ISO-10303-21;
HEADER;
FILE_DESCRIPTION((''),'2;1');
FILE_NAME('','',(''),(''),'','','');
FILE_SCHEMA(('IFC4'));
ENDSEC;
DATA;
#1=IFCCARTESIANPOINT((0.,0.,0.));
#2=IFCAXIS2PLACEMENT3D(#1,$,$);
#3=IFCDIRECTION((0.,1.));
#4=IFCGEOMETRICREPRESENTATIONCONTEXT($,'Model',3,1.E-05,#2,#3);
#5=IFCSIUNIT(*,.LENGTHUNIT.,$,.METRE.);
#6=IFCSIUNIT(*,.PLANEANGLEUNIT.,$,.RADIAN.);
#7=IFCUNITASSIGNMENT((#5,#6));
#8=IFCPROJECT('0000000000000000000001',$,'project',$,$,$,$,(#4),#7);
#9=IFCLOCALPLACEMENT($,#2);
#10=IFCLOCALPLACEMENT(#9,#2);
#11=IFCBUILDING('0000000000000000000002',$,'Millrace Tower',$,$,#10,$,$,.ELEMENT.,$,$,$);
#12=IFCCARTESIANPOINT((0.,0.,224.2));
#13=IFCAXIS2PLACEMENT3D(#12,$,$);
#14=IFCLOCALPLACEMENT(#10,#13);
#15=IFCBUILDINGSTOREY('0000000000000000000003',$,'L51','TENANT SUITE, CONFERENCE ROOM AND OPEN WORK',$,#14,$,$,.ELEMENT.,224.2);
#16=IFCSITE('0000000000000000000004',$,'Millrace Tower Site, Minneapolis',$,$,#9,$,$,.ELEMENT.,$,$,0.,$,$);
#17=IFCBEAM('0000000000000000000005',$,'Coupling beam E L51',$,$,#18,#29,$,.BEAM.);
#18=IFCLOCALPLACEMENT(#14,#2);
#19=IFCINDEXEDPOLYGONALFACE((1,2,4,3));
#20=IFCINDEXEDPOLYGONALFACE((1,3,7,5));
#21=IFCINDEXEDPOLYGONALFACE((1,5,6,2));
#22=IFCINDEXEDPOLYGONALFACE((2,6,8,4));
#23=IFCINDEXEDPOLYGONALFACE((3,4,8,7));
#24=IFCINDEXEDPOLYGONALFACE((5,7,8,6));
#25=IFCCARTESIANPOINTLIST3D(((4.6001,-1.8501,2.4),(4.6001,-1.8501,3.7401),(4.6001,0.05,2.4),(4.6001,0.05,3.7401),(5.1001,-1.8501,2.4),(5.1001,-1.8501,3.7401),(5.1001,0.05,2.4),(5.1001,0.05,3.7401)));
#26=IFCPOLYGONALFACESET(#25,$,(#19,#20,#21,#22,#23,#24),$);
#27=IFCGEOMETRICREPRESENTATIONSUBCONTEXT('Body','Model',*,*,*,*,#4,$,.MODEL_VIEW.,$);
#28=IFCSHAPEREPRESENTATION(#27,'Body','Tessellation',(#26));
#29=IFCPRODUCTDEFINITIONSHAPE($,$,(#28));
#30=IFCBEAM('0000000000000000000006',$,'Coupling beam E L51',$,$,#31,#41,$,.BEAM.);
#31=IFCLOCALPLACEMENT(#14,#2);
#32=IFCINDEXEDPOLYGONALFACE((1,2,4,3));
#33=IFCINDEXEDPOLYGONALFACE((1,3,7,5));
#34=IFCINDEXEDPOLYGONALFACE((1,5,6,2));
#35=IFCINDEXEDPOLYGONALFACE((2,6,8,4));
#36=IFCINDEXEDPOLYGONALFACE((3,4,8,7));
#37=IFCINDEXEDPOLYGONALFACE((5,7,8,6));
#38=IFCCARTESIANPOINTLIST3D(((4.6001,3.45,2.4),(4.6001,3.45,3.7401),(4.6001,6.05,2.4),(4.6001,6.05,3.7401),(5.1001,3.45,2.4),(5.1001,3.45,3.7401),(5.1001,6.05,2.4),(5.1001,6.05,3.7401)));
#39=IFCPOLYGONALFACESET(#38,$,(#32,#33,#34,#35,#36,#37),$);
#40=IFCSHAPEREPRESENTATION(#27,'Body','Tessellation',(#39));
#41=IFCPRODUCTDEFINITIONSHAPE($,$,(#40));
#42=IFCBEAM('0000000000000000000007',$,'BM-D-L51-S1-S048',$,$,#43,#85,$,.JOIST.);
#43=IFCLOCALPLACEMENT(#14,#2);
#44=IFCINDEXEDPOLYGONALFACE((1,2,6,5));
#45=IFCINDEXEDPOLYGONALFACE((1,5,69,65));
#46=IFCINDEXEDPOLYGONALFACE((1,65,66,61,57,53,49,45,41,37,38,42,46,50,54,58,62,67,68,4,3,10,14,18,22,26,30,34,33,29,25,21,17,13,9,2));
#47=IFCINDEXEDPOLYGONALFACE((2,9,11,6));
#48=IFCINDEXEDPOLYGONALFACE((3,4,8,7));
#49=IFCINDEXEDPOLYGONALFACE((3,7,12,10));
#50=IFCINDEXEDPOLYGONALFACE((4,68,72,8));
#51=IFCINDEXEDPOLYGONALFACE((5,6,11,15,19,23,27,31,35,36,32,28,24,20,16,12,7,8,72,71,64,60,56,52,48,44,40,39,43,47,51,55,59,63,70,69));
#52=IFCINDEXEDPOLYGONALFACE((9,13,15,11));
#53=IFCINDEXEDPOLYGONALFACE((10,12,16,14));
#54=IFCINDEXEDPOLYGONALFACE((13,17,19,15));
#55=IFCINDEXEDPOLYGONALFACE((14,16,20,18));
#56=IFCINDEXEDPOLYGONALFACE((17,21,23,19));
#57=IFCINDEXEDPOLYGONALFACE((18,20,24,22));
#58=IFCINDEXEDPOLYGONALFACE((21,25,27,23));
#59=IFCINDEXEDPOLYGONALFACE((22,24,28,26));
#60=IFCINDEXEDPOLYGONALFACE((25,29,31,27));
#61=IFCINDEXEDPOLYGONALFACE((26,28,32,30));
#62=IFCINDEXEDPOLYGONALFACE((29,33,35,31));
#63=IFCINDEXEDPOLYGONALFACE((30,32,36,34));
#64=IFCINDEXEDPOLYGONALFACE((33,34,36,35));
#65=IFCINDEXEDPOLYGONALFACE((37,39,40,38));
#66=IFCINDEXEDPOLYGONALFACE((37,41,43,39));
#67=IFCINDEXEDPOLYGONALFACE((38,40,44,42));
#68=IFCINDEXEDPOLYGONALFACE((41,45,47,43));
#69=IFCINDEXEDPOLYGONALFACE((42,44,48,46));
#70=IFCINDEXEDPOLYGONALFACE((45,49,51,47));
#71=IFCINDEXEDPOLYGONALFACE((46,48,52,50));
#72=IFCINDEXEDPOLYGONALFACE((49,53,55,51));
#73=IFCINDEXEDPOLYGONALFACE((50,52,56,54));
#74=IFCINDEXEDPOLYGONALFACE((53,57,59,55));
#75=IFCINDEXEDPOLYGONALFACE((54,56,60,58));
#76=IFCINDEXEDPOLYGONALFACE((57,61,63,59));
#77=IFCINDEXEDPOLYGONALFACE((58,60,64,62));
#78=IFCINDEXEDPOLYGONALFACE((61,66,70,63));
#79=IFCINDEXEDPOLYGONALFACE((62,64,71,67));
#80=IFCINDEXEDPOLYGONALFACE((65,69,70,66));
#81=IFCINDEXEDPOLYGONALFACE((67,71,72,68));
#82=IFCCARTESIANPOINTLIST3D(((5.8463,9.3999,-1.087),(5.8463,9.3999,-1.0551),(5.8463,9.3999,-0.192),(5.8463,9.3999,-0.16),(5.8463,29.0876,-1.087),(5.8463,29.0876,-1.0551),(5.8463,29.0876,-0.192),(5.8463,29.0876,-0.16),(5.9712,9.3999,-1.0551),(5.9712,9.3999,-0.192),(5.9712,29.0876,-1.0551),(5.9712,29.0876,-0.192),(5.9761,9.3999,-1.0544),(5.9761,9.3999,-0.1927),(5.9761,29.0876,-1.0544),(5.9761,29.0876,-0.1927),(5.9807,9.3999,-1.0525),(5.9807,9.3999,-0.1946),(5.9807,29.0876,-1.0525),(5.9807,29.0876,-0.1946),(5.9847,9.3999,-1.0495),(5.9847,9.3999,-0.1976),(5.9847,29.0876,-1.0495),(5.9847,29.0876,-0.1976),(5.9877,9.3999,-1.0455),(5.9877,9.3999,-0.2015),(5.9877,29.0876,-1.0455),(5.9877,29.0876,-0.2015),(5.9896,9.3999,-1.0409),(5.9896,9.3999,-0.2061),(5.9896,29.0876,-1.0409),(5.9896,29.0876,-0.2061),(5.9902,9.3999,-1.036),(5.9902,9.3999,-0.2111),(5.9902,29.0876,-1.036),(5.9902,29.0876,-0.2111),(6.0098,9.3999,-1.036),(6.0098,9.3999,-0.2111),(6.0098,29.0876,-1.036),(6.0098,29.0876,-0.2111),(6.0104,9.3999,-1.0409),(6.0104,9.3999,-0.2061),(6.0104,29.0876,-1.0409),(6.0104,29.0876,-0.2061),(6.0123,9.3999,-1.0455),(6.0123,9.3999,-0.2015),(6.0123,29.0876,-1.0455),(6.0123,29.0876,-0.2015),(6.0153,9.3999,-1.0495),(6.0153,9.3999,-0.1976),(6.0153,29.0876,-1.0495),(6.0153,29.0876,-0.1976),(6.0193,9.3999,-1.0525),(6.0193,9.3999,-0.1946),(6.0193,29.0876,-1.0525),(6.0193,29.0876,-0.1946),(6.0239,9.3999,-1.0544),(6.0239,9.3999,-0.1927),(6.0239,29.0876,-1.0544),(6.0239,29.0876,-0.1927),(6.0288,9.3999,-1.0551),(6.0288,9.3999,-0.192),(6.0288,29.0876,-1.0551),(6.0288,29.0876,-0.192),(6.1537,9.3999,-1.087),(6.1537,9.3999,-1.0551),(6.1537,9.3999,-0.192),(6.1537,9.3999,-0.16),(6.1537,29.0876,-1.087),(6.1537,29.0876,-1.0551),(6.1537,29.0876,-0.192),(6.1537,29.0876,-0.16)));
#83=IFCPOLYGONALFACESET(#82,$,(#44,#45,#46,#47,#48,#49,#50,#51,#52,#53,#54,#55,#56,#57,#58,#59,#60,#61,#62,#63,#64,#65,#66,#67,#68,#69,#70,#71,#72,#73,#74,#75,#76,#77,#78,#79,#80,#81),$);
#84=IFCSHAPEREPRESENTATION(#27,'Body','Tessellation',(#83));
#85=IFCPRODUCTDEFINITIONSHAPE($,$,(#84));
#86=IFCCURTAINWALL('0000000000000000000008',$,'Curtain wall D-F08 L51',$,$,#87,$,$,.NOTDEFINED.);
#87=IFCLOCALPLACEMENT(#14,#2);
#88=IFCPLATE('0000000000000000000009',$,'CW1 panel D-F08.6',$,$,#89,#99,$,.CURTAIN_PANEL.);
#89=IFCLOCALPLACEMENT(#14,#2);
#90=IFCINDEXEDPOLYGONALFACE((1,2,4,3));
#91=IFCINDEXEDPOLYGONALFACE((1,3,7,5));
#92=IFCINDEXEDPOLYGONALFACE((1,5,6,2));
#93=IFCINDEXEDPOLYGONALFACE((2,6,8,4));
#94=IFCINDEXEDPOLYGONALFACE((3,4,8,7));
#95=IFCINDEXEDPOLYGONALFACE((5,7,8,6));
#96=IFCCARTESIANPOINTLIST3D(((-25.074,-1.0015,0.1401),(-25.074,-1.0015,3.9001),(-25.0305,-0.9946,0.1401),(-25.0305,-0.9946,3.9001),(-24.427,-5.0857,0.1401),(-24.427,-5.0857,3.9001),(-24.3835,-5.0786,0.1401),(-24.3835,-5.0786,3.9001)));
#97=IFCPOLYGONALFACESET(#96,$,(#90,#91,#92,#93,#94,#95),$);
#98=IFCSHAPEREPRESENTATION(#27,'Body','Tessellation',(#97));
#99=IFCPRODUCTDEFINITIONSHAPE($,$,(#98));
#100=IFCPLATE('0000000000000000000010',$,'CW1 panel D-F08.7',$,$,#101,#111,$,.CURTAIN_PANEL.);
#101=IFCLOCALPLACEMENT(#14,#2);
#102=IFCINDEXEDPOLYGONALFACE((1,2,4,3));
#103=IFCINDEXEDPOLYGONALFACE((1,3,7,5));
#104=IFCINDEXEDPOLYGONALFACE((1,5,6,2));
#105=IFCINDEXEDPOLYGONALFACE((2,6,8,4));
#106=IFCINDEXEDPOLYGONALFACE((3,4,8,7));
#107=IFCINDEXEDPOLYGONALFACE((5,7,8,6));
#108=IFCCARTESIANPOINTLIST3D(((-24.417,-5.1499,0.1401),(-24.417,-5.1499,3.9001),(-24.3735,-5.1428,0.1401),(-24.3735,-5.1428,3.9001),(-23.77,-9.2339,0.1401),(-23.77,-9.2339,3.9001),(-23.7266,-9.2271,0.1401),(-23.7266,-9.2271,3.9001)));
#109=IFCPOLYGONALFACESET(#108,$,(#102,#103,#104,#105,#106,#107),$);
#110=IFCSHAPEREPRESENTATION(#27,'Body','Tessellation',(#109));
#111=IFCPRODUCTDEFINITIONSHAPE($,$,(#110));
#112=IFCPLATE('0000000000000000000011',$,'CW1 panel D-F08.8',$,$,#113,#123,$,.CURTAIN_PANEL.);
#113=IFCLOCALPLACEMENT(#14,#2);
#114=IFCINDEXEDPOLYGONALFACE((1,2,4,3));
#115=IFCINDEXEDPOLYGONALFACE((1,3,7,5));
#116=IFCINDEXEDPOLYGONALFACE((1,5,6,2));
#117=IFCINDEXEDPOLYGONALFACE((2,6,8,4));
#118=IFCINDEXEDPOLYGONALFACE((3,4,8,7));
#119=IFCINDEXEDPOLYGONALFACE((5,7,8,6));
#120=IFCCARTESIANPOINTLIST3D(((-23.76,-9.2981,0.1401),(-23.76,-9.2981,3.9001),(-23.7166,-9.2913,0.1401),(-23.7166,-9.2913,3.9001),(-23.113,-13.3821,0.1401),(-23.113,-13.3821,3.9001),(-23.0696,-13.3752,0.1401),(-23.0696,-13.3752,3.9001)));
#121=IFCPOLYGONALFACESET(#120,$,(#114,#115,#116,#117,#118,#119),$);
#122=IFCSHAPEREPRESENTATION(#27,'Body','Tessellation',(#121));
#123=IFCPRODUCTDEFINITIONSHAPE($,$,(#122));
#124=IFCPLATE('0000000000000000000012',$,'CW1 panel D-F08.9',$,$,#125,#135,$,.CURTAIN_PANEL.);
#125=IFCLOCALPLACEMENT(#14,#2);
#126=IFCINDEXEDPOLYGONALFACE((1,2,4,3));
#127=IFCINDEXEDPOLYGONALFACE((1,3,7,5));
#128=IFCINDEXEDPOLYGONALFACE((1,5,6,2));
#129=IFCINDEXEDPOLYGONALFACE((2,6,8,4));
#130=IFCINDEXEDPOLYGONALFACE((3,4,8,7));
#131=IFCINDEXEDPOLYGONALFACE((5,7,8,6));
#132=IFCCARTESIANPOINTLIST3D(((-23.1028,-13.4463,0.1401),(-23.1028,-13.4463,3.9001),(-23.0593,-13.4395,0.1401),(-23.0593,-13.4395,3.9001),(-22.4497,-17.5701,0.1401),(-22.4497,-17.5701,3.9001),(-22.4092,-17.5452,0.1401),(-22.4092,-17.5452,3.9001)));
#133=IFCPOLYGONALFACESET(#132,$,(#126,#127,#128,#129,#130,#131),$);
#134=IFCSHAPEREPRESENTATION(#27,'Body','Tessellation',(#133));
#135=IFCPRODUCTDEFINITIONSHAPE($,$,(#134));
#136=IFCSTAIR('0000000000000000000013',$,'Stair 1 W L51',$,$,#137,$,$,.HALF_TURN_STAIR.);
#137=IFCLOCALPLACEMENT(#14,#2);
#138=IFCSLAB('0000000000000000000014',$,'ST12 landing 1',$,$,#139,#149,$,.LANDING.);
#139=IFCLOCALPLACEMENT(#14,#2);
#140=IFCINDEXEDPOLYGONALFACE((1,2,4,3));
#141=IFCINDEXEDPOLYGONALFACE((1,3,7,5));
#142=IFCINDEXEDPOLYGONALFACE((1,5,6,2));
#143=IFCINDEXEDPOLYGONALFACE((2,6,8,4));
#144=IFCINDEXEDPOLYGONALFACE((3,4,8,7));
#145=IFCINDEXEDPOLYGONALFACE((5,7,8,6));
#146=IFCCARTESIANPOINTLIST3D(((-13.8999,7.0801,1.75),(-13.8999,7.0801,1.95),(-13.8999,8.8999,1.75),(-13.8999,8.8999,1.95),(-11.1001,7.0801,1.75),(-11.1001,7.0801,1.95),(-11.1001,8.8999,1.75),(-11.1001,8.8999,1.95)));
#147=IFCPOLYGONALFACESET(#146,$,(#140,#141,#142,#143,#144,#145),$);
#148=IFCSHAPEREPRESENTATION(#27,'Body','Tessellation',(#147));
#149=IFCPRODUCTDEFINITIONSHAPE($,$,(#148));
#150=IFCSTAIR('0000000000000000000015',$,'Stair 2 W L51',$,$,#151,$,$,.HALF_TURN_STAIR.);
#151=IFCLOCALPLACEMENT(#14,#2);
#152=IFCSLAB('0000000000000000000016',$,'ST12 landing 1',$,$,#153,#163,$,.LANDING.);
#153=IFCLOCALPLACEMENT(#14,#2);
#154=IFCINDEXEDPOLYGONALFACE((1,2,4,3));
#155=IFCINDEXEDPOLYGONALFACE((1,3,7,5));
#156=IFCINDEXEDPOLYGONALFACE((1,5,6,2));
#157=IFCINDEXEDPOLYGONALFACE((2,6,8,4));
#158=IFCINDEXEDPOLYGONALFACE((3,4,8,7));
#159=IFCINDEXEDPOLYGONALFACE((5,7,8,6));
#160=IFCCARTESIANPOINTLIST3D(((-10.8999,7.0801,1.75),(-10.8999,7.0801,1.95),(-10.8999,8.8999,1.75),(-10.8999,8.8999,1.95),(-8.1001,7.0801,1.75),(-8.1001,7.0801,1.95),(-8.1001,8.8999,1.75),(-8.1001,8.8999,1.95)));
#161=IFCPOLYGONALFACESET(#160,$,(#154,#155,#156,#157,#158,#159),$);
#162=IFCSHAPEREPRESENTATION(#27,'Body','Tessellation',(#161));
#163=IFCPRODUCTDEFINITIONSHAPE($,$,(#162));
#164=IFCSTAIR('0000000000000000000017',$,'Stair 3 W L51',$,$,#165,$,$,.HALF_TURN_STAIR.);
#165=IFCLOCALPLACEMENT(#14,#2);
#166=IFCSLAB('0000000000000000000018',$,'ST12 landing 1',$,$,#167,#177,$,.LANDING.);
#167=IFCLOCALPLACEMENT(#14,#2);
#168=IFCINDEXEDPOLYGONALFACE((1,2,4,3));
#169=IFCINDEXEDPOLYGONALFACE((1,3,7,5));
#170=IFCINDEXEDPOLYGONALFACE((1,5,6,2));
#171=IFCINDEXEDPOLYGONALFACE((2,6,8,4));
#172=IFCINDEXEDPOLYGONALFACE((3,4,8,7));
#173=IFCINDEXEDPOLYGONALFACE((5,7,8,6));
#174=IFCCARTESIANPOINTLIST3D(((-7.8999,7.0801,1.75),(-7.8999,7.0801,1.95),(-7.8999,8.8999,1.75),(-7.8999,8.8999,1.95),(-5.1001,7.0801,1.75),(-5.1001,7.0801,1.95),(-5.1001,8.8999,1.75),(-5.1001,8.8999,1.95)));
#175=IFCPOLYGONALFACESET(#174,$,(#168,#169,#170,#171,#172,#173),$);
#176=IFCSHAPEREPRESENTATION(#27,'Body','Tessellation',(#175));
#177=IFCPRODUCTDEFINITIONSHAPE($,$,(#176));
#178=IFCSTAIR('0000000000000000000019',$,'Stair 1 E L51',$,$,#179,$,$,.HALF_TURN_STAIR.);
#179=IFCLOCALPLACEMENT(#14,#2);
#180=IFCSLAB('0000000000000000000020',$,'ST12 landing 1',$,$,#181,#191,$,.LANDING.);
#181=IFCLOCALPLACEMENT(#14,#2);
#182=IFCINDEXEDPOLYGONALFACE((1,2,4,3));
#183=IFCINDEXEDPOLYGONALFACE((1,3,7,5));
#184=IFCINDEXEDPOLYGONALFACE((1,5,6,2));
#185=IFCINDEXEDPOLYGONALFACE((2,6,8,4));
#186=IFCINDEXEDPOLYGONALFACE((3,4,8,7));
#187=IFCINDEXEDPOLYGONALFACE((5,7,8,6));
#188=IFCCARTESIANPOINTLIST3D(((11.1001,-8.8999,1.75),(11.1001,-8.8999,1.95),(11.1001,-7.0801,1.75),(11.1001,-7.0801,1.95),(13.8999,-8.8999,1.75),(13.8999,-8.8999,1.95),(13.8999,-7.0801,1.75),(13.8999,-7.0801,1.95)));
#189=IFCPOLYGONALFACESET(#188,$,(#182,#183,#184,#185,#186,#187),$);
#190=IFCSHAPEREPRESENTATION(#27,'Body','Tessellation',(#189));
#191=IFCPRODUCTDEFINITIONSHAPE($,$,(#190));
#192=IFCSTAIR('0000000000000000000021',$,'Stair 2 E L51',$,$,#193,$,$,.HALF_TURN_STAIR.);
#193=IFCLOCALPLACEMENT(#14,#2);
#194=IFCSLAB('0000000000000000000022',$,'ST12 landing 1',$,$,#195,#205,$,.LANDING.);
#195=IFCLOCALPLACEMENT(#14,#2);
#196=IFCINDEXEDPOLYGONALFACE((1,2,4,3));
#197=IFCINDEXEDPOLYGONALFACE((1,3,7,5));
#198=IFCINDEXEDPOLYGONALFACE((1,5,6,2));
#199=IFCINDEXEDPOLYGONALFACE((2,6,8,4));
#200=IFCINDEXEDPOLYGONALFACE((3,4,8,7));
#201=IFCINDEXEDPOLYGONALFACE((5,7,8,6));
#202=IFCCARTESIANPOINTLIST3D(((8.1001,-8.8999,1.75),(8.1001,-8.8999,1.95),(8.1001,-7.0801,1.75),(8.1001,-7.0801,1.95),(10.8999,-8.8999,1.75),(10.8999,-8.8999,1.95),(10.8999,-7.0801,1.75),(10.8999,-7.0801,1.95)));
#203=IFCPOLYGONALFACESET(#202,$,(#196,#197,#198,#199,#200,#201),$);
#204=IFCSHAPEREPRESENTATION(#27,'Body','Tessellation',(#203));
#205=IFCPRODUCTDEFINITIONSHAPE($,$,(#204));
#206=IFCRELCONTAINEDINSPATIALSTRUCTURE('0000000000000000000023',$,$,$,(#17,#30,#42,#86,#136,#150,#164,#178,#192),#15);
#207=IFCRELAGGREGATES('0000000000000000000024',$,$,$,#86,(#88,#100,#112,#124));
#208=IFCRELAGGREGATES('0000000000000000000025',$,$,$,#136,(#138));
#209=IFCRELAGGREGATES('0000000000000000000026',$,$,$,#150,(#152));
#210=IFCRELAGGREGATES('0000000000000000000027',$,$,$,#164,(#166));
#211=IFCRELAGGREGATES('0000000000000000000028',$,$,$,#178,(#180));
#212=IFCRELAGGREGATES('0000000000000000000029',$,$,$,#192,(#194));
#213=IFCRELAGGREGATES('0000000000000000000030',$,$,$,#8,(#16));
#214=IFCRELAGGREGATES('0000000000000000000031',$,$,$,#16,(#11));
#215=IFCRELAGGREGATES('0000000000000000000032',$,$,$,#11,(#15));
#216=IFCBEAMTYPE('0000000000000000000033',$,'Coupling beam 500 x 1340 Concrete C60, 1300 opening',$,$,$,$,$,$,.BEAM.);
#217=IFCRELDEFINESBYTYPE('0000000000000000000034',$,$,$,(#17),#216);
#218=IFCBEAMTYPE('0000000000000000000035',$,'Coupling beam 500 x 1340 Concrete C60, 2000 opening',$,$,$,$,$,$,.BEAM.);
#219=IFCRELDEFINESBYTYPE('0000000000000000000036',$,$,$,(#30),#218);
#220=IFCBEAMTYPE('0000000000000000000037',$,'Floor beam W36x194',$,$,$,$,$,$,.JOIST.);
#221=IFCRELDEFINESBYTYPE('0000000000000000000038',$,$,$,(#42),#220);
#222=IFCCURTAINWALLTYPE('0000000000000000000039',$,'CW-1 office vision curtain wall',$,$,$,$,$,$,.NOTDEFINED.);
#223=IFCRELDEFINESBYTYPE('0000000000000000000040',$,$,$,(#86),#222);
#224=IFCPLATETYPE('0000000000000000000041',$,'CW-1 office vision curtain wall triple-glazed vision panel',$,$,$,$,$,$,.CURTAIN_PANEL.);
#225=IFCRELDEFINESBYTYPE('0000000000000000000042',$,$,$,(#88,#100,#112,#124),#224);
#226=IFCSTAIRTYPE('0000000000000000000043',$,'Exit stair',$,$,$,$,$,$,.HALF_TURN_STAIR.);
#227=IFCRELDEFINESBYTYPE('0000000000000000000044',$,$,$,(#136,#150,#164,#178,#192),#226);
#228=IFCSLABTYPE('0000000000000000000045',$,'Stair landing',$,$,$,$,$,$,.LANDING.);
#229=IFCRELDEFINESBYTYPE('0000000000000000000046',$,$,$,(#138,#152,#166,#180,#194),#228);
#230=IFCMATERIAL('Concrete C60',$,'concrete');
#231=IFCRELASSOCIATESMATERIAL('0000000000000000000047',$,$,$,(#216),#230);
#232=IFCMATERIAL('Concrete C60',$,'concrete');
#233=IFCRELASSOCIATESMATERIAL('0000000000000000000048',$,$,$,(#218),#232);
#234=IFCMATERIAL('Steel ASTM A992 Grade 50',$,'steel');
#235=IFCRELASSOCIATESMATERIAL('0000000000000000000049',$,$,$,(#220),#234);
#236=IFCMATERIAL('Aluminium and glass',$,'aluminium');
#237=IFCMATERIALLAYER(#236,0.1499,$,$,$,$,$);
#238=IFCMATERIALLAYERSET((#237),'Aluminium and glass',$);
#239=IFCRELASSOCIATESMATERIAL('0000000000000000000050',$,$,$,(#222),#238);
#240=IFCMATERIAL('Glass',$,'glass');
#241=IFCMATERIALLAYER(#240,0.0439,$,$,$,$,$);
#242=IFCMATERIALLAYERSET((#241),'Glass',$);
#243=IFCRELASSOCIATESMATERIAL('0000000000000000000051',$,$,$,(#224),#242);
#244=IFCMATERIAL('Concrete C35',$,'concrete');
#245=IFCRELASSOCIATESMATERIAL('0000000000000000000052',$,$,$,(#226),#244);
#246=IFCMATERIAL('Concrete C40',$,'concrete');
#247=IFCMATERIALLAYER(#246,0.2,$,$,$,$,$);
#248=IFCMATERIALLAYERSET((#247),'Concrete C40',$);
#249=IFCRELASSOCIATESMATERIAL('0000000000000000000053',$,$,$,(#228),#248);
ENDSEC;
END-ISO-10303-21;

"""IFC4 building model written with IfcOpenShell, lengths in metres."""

from ifc_helpers import new_model, si_unit, direction, frame, origin, origin_2d, place, context, subcontext, project, spatial, polyline, rectangle, i_section, outline, extrude, material, layer, layer_set, material_profile, profile_set, type_object, element, aggregate, save


model = new_model("IFC4")

# Units and contexts
model_context = context("Model", 3, precision=1e-05, world=origin(), true_north=direction((0.0, 1.0)))
body_context = subcontext(model_context, "Body", "Model", "MODEL_VIEW")
ifc_project = project(units=[si_unit("LENGTHUNIT", "METRE"), si_unit("PLANEANGLEUNIT", "RADIAN")], contexts=[model_context])

# Site, building, storey
site_placement = place(None, origin())
site = spatial("IfcSite", under=ifc_project, at=site_placement, Name="Millrace Tower Site, Minneapolis", CompositionType="ELEMENT", RefElevation=0.0)
building_placement = place(site_placement, origin())
building = spatial("IfcBuilding", under=site, at=building_placement, Name="Millrace Tower", CompositionType="ELEMENT")
storey_placement = place(building_placement, frame((0.0, 0.0, 224.2)))
storey = spatial("IfcBuildingStorey", under=building, at=storey_placement, Name="L51", Description="TENANT SUITE, CONFERENCE ROOM AND OPEN WORK", CompositionType="ELEMENT", Elevation=224.2)

# Beams
ifc_material_1 = material(Name="Concrete C60", Category="concrete")
ifc_material_profile_1 = material_profile(ifc_material_1, rectangle(XDim=0.5, YDim=1.3401, at=origin_2d()))
ifc_profile_set_1 = profile_set([ifc_material_profile_1], Name="Concrete C60")
beam_type_1 = type_object("IfcBeamType", Name="Coupling beam 500 x 1340 Concrete C60, 1300 opening", PredefinedType="BEAM", material=ifc_profile_set_1)
beam_1_placement = place(storey_placement, frame((4.8501, 0.05, 3.0701), z_axis=(0.0, -1.0, 0.0), x_axis=(1.0, 0.0, 0.0)))
element("IfcBeam", 1, at=beam_1_placement, inside=storey, type_object=beam_type_1, Name="Coupling beam E L51", PredefinedType="BEAM", context=body_context, shape_type="SweptSolid", body=[
    extrude(rectangle(XDim=0.5, YDim=1.3401, at=origin_2d()), origin(), (0.0, 0.0, 1.0), 1.9001),
])
ifc_material_2 = material(Name="Concrete C60", Category="concrete")
ifc_material_profile_2 = material_profile(ifc_material_2, rectangle(XDim=0.5, YDim=1.3401, at=origin_2d()))
ifc_profile_set_2 = profile_set([ifc_material_profile_2], Name="Concrete C60")
beam_type_2 = type_object("IfcBeamType", Name="Coupling beam 500 x 1340 Concrete C60, 2000 opening", PredefinedType="BEAM", material=ifc_profile_set_2)
beam_2_placement = place(storey_placement, frame((4.8501, 6.05, 3.0701), z_axis=(0.0, -1.0, 0.0), x_axis=(1.0, 0.0, 0.0)))
element("IfcBeam", 2, at=beam_2_placement, inside=storey, type_object=beam_type_2, Name="Coupling beam E L51", PredefinedType="BEAM", context=body_context, shape_type="SweptSolid", body=[
    extrude(rectangle(XDim=0.5, YDim=1.3401, at=origin_2d()), origin(), (0.0, 0.0, 1.0), 2.6001),
])
ifc_material_3 = material(Name="Steel ASTM A992 Grade 50", Category="steel")
ifc_material_profile_3 = material_profile(ifc_material_3, i_section(OverallWidth=0.3074, OverallDepth=0.927, WebThickness=0.0195, FlangeThickness=0.032, FilletRadius=0.019, at=origin_2d()))
ifc_profile_set_3 = profile_set([ifc_material_profile_3], Name="Steel ASTM A992 Grade 50")
beam_type_3 = type_object("IfcBeamType", Name="Floor beam W36x194", PredefinedType="JOIST", material=ifc_profile_set_3)
beam_3_placement = place(storey_placement, frame((6.0, 9.3999, -0.6235), z_axis=(0.0, 1.0, 0.0), x_axis=(-1.0, 0.0, 0.0)))
element("IfcBeam", 3, at=beam_3_placement, inside=storey, type_object=beam_type_3, Name="BM-D-L51-S1-S048", PredefinedType="JOIST", context=body_context, shape_type="SweptSolid", body=[
    extrude(i_section(OverallWidth=0.3074, OverallDepth=0.927, WebThickness=0.0195, FlangeThickness=0.032, FilletRadius=0.019, at=origin_2d()), origin(), (0.0, 0.0, 1.0), 19.6877),
])

# Curtain wall, plates
ifc_material_4 = material(Name="Aluminium and glass", Category="aluminium")
ifc_layer_1 = layer(ifc_material_4, 0.1499)
ifc_layer_set_1 = layer_set([ifc_layer_1], Name="Aluminium and glass")
curtain_wall_type = type_object("IfcCurtainWallType", Name="CW-1 office vision curtain wall", PredefinedType="NOTDEFINED", material=ifc_layer_set_1)
placement_1 = place(storey_placement, origin())
curtain_wall = element("IfcCurtainWall", 4, at=placement_1, inside=storey, type_object=curtain_wall_type, Name="Curtain wall D-F08 L51", PredefinedType="NOTDEFINED")
ifc_material_5 = material(Name="Glass", Category="glass")
ifc_layer_2 = layer(ifc_material_5, 0.0439)
ifc_layer_set_2 = layer_set([ifc_layer_2], Name="Glass")
plate_type = type_object("IfcPlateType", Name="CW-1 office vision curtain wall triple-glazed vision panel", PredefinedType="CURTAIN_PANEL", material=ifc_layer_set_2)
placement_2 = place(storey_placement, frame((0.0, 0.0, 0.1401)))
plate_1 = element("IfcPlate", 5, at=placement_2, type_object=plate_type, Name="CW1 panel D-F08.6", PredefinedType="CURTAIN_PANEL", context=body_context, shape_type="SweptSolid", body=[
    extrude(outline(polyline([(-25.074, -1.0015), (-24.427, -5.0857), (-24.3835, -5.0786), (-25.0305, -0.9946), (-25.074, -1.0015)])), origin(), (0.0, 0.0, 1.0), 3.76),
])
plate_2 = element("IfcPlate", 6, at=placement_2, type_object=plate_type, Name="CW1 panel D-F08.7", PredefinedType="CURTAIN_PANEL", context=body_context, shape_type="SweptSolid", body=[
    extrude(outline(polyline([(-24.417, -5.1499), (-23.77, -9.2339), (-23.7266, -9.2271), (-24.3735, -5.1428), (-24.417, -5.1499)])), origin(), (0.0, 0.0, 1.0), 3.76),
])
plate_3 = element("IfcPlate", 7, at=placement_2, type_object=plate_type, Name="CW1 panel D-F08.8", PredefinedType="CURTAIN_PANEL", context=body_context, shape_type="SweptSolid", body=[
    extrude(outline(polyline([(-23.76, -9.2981), (-23.113, -13.3821), (-23.0696, -13.3752), (-23.7166, -9.2913), (-23.76, -9.2981)])), origin(), (0.0, 0.0, 1.0), 3.76),
])
plate_4 = element("IfcPlate", 8, at=placement_2, type_object=plate_type, Name="CW1 panel D-F08.9", PredefinedType="CURTAIN_PANEL", context=body_context, shape_type="SweptSolid", body=[
    extrude(outline(polyline([(-23.1028, -13.4463), (-22.4497, -17.5701), (-22.4092, -17.5452), (-23.0593, -13.4395), (-23.1028, -13.4463)])), origin(), (0.0, 0.0, 1.0), 3.76),
])
aggregate(curtain_wall, [plate_1, plate_2, plate_3, plate_4])

# Stairs, slabs
ifc_material_6 = material(Name="Concrete C35", Category="concrete")
stair_type = type_object("IfcStairType", Name="Exit stair", PredefinedType="HALF_TURN_STAIR", material=ifc_material_6)
stair_1 = element("IfcStair", 9, at=placement_1, inside=storey, type_object=stair_type, Name="Stair 1 W L51", PredefinedType="HALF_TURN_STAIR")
ifc_material_7 = material(Name="Concrete C40", Category="concrete")
ifc_layer_3 = layer(ifc_material_7, 0.2)
ifc_layer_set_3 = layer_set([ifc_layer_3], Name="Concrete C40")
slab_type = type_object("IfcSlabType", Name="Stair landing", PredefinedType="LANDING", material=ifc_layer_set_3)
placement_3 = place(storey_placement, frame((0.0, 0.0, 1.75)))
slab_1 = element("IfcSlab", 10, at=placement_3, type_object=slab_type, Name="ST12 landing 1", PredefinedType="LANDING", context=body_context, shape_type="SweptSolid", body=[
    extrude(outline(polyline([(-13.8999, 7.0801), (-11.1001, 7.0801), (-11.1001, 8.8999), (-13.8999, 8.8999), (-13.8999, 7.0801)])), origin(), (0.0, 0.0, 1.0), 0.2),
])
aggregate(stair_1, [slab_1])
stair_2 = element("IfcStair", 11, at=placement_1, inside=storey, type_object=stair_type, Name="Stair 2 W L51", PredefinedType="HALF_TURN_STAIR")
slab_2 = element("IfcSlab", 12, at=placement_3, type_object=slab_type, Name="ST12 landing 1", PredefinedType="LANDING", context=body_context, shape_type="SweptSolid", body=[
    extrude(outline(polyline([(-10.8999, 7.0801), (-8.1001, 7.0801), (-8.1001, 8.8999), (-10.8999, 8.8999), (-10.8999, 7.0801)])), origin(), (0.0, 0.0, 1.0), 0.2),
])
aggregate(stair_2, [slab_2])
stair_3 = element("IfcStair", 13, at=placement_1, inside=storey, type_object=stair_type, Name="Stair 3 W L51", PredefinedType="HALF_TURN_STAIR")
slab_3 = element("IfcSlab", 14, at=placement_3, type_object=slab_type, Name="ST12 landing 1", PredefinedType="LANDING", context=body_context, shape_type="SweptSolid", body=[
    extrude(outline(polyline([(-7.8999, 7.0801), (-5.1001, 7.0801), (-5.1001, 8.8999), (-7.8999, 8.8999), (-7.8999, 7.0801)])), origin(), (0.0, 0.0, 1.0), 0.2),
])
aggregate(stair_3, [slab_3])
stair_4 = element("IfcStair", 15, at=placement_1, inside=storey, type_object=stair_type, Name="Stair 1 E L51", PredefinedType="HALF_TURN_STAIR")
slab_4 = element("IfcSlab", 16, at=placement_3, type_object=slab_type, Name="ST12 landing 1", PredefinedType="LANDING", context=body_context, shape_type="SweptSolid", body=[
    extrude(outline(polyline([(11.1001, -8.8999), (13.8999, -8.8999), (13.8999, -7.0801), (11.1001, -7.0801), (11.1001, -8.8999)])), origin(), (0.0, 0.0, 1.0), 0.2),
])
aggregate(stair_4, [slab_4])
stair_5 = element("IfcStair", 17, at=placement_1, inside=storey, type_object=stair_type, Name="Stair 2 E L51", PredefinedType="HALF_TURN_STAIR")
slab_5 = element("IfcSlab", 18, at=placement_3, type_object=slab_type, Name="ST12 landing 1", PredefinedType="LANDING", context=body_context, shape_type="SweptSolid", body=[
    extrude(outline(polyline([(8.1001, -8.8999), (10.8999, -8.8999), (10.8999, -7.0801), (8.1001, -7.0801), (8.1001, -8.8999)])), origin(), (0.0, 0.0, 1.0), 0.2),
])
aggregate(stair_5, [slab_5])

save(model, "model.ifc")
